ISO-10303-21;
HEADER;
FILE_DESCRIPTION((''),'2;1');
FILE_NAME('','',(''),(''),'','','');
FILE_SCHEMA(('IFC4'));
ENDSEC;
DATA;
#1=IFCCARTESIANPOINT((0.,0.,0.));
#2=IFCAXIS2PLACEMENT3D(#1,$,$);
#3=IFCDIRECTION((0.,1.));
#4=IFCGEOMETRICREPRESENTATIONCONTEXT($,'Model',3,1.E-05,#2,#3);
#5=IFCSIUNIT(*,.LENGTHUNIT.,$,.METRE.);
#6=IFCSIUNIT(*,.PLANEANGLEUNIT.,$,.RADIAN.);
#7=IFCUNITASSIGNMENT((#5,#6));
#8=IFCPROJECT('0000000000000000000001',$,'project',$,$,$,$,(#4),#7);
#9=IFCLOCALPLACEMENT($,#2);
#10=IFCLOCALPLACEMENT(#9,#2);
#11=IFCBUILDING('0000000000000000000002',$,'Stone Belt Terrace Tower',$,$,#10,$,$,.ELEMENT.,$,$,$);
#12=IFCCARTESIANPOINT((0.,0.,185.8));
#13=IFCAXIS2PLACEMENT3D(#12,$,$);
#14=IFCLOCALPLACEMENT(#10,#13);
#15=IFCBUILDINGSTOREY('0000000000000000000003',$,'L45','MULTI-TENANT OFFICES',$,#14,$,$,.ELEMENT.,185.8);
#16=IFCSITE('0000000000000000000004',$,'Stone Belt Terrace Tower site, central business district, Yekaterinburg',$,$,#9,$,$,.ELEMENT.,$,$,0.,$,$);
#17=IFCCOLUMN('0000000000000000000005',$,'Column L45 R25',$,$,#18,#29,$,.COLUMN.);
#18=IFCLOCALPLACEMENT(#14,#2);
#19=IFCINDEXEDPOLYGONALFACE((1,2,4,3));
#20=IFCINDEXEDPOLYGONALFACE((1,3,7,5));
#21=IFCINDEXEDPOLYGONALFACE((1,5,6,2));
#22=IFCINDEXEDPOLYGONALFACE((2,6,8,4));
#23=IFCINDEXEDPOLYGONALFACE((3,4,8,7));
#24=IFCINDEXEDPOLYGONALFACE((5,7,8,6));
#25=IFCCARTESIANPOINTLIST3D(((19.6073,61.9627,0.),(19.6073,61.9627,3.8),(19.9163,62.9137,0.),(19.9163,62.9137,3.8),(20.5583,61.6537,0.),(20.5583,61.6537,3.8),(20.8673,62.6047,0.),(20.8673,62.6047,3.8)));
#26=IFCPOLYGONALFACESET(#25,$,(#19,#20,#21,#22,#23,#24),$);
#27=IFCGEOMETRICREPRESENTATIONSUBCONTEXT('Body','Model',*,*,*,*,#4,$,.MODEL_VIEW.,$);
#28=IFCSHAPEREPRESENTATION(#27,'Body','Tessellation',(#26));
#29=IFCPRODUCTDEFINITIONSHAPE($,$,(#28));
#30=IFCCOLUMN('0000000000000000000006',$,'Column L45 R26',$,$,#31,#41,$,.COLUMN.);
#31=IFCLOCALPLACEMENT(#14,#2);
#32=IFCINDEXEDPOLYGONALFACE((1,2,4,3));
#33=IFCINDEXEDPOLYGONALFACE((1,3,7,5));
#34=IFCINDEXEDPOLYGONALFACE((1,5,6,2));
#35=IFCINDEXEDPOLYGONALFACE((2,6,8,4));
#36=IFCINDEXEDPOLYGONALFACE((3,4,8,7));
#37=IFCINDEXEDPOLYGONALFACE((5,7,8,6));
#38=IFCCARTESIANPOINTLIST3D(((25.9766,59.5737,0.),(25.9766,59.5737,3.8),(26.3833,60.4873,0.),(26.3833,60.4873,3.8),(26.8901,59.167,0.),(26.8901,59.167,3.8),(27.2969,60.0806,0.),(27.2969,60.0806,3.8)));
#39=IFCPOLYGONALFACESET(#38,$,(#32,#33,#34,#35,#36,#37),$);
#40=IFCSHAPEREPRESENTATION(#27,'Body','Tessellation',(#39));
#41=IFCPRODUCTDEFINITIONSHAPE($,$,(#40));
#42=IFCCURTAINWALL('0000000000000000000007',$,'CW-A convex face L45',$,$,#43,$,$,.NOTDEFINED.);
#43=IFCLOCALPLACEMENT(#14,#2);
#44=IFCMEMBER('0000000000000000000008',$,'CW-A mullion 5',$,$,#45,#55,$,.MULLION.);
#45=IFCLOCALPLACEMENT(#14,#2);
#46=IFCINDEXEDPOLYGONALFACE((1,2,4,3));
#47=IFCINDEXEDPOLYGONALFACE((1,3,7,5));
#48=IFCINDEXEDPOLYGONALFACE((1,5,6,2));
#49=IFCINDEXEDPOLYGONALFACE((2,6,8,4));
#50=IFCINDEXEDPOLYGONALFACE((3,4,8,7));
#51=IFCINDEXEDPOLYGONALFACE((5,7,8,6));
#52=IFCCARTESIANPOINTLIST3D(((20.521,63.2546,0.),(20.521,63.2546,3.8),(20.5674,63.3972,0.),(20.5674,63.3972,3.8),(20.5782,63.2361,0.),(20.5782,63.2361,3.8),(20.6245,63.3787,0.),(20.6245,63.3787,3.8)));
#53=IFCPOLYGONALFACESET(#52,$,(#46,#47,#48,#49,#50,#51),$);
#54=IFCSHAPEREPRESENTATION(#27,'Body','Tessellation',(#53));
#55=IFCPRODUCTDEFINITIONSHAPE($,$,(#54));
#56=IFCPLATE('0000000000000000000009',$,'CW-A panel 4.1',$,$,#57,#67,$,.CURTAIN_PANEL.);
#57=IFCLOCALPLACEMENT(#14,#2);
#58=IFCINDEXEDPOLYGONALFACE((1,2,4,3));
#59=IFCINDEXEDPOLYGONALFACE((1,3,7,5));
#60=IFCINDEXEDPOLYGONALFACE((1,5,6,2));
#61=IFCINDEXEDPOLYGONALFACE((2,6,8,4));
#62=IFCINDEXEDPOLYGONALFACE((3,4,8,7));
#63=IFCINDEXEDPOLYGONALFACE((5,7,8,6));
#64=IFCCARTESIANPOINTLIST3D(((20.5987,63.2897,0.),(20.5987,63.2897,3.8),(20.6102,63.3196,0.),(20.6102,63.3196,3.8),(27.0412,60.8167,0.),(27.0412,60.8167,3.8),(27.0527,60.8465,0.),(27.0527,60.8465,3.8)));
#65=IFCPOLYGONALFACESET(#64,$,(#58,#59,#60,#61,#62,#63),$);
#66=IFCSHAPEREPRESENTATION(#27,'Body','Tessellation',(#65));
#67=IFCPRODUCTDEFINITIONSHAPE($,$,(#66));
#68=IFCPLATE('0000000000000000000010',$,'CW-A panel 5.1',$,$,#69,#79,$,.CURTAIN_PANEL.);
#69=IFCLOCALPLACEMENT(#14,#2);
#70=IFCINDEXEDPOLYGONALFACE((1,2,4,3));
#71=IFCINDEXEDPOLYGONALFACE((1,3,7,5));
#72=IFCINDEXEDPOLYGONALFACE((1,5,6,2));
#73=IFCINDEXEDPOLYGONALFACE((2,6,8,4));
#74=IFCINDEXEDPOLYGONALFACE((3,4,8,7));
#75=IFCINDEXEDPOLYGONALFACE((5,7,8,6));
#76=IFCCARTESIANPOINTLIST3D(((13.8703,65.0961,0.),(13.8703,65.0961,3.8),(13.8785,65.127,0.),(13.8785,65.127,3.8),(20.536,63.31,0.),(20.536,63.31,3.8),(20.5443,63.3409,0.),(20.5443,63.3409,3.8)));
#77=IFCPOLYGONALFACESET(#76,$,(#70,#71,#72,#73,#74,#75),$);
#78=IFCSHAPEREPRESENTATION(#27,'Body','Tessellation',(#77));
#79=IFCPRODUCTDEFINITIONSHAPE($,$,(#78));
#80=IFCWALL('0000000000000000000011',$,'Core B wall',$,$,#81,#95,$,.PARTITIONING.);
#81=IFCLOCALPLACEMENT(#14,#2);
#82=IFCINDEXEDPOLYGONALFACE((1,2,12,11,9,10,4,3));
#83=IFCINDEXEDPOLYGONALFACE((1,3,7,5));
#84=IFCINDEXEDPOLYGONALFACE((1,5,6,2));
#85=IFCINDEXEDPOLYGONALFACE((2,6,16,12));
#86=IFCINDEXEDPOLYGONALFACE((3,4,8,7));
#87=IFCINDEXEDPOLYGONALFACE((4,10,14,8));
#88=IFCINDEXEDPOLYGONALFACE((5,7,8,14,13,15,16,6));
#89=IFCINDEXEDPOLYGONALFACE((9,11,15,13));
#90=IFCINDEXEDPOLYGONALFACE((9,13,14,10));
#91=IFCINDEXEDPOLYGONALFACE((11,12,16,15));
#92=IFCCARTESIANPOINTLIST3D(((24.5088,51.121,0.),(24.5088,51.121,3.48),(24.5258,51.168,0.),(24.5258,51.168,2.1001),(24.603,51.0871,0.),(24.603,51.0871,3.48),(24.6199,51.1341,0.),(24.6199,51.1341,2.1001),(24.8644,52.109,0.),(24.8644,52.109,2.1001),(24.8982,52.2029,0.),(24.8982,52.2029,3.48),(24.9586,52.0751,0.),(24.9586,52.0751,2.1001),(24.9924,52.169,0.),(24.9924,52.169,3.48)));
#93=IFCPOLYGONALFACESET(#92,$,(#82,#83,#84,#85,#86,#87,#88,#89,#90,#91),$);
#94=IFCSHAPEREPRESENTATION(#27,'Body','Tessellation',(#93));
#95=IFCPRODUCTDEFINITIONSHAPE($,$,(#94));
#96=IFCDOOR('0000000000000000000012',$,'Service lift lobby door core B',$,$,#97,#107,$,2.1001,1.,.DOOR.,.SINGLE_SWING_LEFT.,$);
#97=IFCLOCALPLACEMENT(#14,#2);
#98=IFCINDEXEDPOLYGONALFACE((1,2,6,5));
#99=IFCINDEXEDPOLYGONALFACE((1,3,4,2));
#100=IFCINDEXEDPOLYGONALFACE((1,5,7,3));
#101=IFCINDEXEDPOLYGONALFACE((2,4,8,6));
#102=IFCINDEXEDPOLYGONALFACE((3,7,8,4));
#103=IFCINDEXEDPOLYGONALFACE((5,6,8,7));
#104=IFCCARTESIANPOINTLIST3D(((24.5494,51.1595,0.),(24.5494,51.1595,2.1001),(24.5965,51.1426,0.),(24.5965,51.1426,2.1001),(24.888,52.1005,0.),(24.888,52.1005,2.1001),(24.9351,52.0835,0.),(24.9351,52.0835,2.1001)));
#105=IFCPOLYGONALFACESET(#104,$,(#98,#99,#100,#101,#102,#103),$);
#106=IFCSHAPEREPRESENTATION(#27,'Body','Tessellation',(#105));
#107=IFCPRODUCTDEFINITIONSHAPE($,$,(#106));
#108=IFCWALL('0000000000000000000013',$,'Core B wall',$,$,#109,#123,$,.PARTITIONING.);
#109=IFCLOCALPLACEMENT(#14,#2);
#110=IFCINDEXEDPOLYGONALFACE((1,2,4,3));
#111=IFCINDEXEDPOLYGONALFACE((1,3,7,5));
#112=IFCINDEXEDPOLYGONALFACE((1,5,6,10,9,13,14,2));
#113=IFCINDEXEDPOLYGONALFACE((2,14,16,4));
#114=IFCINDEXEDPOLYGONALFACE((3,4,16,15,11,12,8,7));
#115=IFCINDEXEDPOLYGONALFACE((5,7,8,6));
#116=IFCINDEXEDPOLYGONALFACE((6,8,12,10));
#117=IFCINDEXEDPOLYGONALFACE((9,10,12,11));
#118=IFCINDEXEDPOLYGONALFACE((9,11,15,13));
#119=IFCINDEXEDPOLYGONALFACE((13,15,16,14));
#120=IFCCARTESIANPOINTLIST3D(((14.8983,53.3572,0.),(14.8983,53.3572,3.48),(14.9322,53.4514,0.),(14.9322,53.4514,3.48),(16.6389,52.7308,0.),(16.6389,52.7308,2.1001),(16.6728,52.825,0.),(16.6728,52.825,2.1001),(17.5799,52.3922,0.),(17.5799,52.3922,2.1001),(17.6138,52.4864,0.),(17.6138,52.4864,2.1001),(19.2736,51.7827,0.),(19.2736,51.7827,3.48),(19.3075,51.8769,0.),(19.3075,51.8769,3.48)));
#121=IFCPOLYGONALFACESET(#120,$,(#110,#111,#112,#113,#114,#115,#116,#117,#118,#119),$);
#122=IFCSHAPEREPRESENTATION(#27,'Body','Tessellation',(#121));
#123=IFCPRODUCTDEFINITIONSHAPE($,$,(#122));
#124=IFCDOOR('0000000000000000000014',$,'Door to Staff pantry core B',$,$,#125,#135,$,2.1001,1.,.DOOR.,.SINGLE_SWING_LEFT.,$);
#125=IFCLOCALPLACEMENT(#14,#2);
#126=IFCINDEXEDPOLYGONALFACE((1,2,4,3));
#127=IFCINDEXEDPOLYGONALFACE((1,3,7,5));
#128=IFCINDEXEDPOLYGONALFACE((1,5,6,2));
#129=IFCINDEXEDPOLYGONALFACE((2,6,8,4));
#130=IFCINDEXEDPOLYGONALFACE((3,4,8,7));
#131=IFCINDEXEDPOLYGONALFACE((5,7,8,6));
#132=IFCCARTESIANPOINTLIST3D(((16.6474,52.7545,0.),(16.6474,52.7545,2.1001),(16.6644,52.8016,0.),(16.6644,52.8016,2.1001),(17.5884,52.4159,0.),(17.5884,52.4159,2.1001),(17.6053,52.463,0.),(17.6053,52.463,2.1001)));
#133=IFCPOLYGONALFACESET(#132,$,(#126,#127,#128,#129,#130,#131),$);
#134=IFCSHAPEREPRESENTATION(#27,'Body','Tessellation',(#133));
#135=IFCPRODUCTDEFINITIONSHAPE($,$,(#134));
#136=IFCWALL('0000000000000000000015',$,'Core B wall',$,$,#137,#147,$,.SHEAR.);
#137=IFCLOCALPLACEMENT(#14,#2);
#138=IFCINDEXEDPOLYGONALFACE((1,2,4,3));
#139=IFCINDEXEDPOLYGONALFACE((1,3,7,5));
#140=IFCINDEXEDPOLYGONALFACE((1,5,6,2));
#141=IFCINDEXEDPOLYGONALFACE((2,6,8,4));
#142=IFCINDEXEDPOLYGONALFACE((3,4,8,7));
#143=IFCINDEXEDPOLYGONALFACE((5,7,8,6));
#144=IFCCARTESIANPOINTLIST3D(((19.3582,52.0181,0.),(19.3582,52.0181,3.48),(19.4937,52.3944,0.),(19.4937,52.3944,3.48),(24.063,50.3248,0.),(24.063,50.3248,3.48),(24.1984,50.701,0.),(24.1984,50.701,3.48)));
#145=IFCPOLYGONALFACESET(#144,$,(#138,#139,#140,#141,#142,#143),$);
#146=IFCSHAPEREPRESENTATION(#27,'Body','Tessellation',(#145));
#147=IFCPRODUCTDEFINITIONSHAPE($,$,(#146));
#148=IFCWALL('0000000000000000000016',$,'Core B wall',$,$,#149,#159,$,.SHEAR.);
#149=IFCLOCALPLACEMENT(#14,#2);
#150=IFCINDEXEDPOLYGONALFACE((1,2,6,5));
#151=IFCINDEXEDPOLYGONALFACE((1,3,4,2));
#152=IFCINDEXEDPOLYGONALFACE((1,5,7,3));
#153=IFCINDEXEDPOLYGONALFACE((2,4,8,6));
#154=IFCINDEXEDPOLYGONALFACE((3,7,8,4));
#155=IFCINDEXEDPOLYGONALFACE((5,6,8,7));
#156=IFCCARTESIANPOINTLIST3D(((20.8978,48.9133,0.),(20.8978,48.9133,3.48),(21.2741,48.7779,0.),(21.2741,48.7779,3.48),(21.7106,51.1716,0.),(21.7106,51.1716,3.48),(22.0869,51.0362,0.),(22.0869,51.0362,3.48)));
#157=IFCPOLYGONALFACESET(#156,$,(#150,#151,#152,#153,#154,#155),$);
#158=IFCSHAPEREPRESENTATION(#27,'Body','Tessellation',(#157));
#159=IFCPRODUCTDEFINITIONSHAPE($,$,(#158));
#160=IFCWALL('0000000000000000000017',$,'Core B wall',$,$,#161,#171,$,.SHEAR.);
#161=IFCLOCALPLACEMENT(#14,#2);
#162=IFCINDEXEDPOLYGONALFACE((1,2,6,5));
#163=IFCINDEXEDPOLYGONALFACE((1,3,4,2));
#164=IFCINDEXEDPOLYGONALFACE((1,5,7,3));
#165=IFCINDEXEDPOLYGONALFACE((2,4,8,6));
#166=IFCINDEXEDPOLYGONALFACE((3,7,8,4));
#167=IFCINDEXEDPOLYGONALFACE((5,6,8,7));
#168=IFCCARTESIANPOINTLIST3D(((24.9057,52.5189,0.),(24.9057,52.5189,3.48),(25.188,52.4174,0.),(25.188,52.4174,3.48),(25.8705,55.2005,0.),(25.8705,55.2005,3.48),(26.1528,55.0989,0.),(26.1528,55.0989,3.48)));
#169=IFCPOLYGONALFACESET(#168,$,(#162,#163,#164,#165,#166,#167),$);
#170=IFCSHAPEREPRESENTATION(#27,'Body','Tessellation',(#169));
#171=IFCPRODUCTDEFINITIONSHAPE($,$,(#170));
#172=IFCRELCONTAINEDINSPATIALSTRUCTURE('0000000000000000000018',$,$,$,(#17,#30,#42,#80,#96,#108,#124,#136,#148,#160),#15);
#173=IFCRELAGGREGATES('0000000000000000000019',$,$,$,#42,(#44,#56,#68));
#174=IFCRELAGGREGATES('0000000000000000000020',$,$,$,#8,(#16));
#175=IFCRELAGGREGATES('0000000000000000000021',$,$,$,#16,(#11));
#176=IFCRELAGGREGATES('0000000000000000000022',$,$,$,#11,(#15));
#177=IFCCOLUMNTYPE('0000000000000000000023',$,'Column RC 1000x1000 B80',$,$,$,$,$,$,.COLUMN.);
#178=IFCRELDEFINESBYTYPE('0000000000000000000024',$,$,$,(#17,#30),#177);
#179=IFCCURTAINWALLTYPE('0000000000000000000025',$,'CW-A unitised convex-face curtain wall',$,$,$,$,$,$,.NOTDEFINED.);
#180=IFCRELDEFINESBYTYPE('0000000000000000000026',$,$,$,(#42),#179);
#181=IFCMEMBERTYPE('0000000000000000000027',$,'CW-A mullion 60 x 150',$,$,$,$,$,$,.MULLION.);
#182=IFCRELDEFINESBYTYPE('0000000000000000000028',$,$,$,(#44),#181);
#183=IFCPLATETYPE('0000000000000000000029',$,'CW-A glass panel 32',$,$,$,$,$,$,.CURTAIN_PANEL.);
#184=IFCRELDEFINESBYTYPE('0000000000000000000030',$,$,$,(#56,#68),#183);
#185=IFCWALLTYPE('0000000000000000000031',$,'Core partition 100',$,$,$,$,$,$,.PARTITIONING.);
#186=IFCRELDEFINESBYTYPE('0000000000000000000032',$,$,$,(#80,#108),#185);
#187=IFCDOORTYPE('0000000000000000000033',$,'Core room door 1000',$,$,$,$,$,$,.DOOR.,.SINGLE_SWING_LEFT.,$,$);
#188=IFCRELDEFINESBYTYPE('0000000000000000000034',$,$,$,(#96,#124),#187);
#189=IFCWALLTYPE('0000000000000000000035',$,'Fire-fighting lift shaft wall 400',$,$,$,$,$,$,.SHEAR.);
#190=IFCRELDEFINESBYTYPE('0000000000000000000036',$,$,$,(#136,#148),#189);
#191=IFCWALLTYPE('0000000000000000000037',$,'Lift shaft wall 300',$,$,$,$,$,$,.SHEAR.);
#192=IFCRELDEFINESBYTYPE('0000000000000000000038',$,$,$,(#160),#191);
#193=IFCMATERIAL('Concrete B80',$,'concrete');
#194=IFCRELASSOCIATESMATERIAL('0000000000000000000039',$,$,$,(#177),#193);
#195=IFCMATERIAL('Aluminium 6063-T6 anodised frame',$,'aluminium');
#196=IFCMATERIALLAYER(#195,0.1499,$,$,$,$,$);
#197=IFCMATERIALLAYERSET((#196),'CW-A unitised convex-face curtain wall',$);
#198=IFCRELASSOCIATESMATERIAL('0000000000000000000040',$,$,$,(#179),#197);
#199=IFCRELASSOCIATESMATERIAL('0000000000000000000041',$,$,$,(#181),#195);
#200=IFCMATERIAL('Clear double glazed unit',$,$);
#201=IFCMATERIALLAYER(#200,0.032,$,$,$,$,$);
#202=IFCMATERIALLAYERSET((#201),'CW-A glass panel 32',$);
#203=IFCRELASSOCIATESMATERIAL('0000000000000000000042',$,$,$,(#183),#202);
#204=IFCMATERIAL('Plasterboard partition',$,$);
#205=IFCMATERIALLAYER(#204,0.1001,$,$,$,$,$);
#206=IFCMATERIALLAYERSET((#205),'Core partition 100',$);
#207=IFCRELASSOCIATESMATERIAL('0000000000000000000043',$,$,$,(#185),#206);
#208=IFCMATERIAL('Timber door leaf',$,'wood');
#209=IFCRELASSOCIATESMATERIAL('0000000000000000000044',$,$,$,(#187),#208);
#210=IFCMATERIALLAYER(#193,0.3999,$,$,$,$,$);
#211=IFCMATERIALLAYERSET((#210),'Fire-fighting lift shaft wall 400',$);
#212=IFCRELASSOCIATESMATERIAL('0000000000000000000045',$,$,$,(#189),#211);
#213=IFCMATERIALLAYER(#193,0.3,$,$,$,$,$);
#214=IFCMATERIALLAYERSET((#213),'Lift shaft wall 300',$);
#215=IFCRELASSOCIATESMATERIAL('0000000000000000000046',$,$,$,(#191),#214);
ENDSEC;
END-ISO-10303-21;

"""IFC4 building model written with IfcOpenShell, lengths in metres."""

from ifc_helpers import new_model, si_unit, direction, frame, frame_2d, origin, origin_2d, place, context, subcontext, project, spatial, rectangle, extrude, material, layer, layer_set, material_profile, profile_set, type_object, element, fill, aggregate, save


model = new_model("IFC4")

# Units and contexts
model_context = context("Model", 3, precision=1e-05, world=origin(), true_north=direction((0.0, 1.0)))
body_context = subcontext(model_context, "Body", "Model", "MODEL_VIEW")
ifc_project = project(units=[si_unit("LENGTHUNIT", "METRE"), si_unit("PLANEANGLEUNIT", "RADIAN")], contexts=[model_context])

# Site, building, storey
site_placement = place(None, origin())
site = spatial("IfcSite", under=ifc_project, at=site_placement, Name="Stone Belt Terrace Tower site, central business district, Yekaterinburg", CompositionType="ELEMENT", RefElevation=0.0)
building_placement = place(site_placement, origin())
building = spatial("IfcBuilding", under=site, at=building_placement, Name="Stone Belt Terrace Tower", CompositionType="ELEMENT")
storey_placement = place(building_placement, frame((0.0, 0.0, 185.8)))
storey = spatial("IfcBuildingStorey", under=building, at=storey_placement, Name="L45", Description="MULTI-TENANT OFFICES", CompositionType="ELEMENT", Elevation=185.8)

# Columns
ifc_material_1 = material(Name="Concrete B80", Category="concrete")
ifc_material_profile_1 = material_profile(ifc_material_1, rectangle(XDim=1.0, YDim=1.0, at=origin_2d()), Name="RC 1000x1000")
ifc_profile_set_1 = profile_set([ifc_material_profile_1], Name="Concrete B80")
column_type = type_object("IfcColumnType", Name="Column RC 1000x1000 B80", PredefinedType="COLUMN", material=ifc_profile_set_1)
for number, where, z_axis, x_axis, name in (
    (1, (20.2373, 62.2837, 0.0), (0.0, 0.0, 1.0), (0.951057, -0.309017, 0.0), "Column L45 R25"),
    (2, (26.6367, 59.8271, 0.0), (0.0, 0.0, 1.0), (0.913545, -0.406737, 0.0), "Column L45 R26"),
):
    element("IfcColumn", number, at=place(storey_placement, frame(where, z_axis=z_axis, x_axis=x_axis)), inside=storey, type_object=column_type, Name=name, PredefinedType="COLUMN", context=body_context, shape_type="SweptSolid", body=[
        extrude(rectangle(XDim=1.0, YDim=1.0, at=origin_2d()), origin(), (0.0, 0.0, 1.0), 3.8),
    ])

# Curtain wall, member, plates
ifc_material_2 = material(Name="Aluminium 6063-T6 anodised frame", Category="aluminium")
ifc_layer_1 = layer(ifc_material_2, 0.1499)
ifc_layer_set_1 = layer_set([ifc_layer_1], Name="CW-A unitised convex-face curtain wall")
curtain_wall_type = type_object("IfcCurtainWallType", Name="CW-A unitised convex-face curtain wall", PredefinedType="NOTDEFINED", material=ifc_layer_set_1)
curtain_wall_placement = place(storey_placement, origin())
curtain_wall = element("IfcCurtainWall", 3, at=curtain_wall_placement, inside=storey, type_object=curtain_wall_type, Name="CW-A convex face L45", PredefinedType="NOTDEFINED")
ifc_material_profile_2 = material_profile(ifc_material_2, rectangle(XDim=0.1499, YDim=0.0601, at=origin_2d()), Name="Aluminium 6063-T6 60x150")
ifc_profile_set_2 = profile_set([ifc_material_profile_2], Name="Aluminium 6063-T6 anodised frame")
member_type = type_object("IfcMemberType", Name="CW-A mullion 60 x 150", PredefinedType="MULLION", material=ifc_profile_set_2)
member_placement = place(storey_placement, frame((20.5728, 63.3167, 0.0), z_axis=(0.0, 0.0, 1.0), x_axis=(-0.309017, -0.951057, 0.0)))
member = element("IfcMember", 4, at=member_placement, type_object=member_type, Name="CW-A mullion 5", PredefinedType="MULLION", context=body_context, shape_type="SweptSolid", body=[
    extrude(rectangle(XDim=0.1499, YDim=0.0601, at=origin_2d()), origin(), (0.0, 0.0, 1.0), 3.8),
])
ifc_material_3 = material(Name="Clear double glazed unit")
ifc_layer_2 = layer(ifc_material_3, 0.032)
ifc_layer_set_2 = layer_set([ifc_layer_2], Name="CW-A glass panel 32")
plate_type = type_object("IfcPlateType", Name="CW-A glass panel 32", PredefinedType="CURTAIN_PANEL", material=ifc_layer_set_2)
plate_1_placement = place(storey_placement, frame((23.8257, 62.0681, 0.0), z_axis=(0.0, 0.0, 1.0), x_axis=(-0.93358, 0.358368, 0.0)))
plate_1 = element("IfcPlate", 5, at=plate_1_placement, type_object=plate_type, Name="CW-A panel 4.1", PredefinedType="CURTAIN_PANEL", context=body_context, shape_type="SweptSolid", body=[
    extrude(rectangle(XDim=6.9009, YDim=0.032, at=origin_2d()), origin(), (0.0, 0.0, 1.0), 3.8),
])
plate_2_placement = place(storey_placement, frame((17.2073, 64.2185, 0.0), z_axis=(0.0, 0.0, 1.0), x_axis=(-0.965926, 0.258819, 0.0)))
plate_2 = element("IfcPlate", 6, at=plate_2_placement, type_object=plate_type, Name="CW-A panel 5.1", PredefinedType="CURTAIN_PANEL", context=body_context, shape_type="SweptSolid", body=[
    extrude(rectangle(XDim=6.9009, YDim=0.032, at=origin_2d()), origin(), (0.0, 0.0, 1.0), 3.8),
])
aggregate(curtain_wall, [member, plate_1, plate_2])

# Walls, openings, doors
ifc_material_4 = material(Name="Plasterboard partition")
ifc_layer_3 = layer(ifc_material_4, 0.1001)
ifc_layer_set_3 = layer_set([ifc_layer_3], Name="Core partition 100")
wall_type_1 = type_object("IfcWallType", Name="Core partition 100", PredefinedType="PARTITIONING", material=ifc_layer_set_3)
wall_1_placement = place(storey_placement, frame((24.5559, 51.104, 0.0), z_axis=(0.0, 0.0, 1.0), x_axis=(0.338622, 0.940923, 0.0)))
wall_1 = element("IfcWall", 7, at=wall_1_placement, inside=storey, type_object=wall_type_1, Name="Core B wall", PredefinedType="PARTITIONING", context=body_context, shape_type="SweptSolid", body=[
    extrude(rectangle(XDim=1.1499, YDim=0.1001, at=frame_2d((0.575, 0.0))), origin(), (0.0, 0.0, 1.0), 3.48),
])
opening_1_placement = place(wall_1_placement, frame((0.05, 0.0, 0.0)))
opening_1 = element("IfcOpeningElement", 8, at=opening_1_placement, cuts=wall_1, PredefinedType="OPENING", context=body_context, shape_type="SweptSolid", body=[
    extrude(rectangle(XDim=1.0, YDim=2.1001, at=frame_2d((0.5, 1.05))), frame((0.0, 0.0601, 0.0), z_axis=(0.0, -1.0, 0.0), x_axis=(1.0, 0.0, 0.0)), (0.0, 0.0, 1.0), 0.1201),
])
ifc_material_5 = material(Name="Timber door leaf", Category="wood")
door_type_1 = type_object("IfcDoorType", Name="Core room door 1000", OperationType="SINGLE_SWING_LEFT", PredefinedType="DOOR", material=ifc_material_5)
door_1_placement = place(opening_1_placement, origin())
door_1 = element("IfcDoor", 9, at=door_1_placement, inside=storey, type_object=door_type_1, Name="Service lift lobby door core B", OperationType="SINGLE_SWING_LEFT", OverallHeight=2.1001, OverallWidth=1.0, PredefinedType="DOOR", context=body_context, shape_type="SweptSolid", body=[
    extrude(rectangle(XDim=1.0, YDim=2.1001, at=frame_2d((0.5, 1.05))), frame((0.0, 0.0249, 0.0), z_axis=(0.0, -1.0, 0.0), x_axis=(1.0, 0.0, 0.0)), (0.0, 0.0, 1.0), 0.05),
])
fill(opening_1, door_1)
wall_2_placement = place(storey_placement, frame((19.2905, 51.8298, 0.0), z_axis=(0.0, 0.0, 1.0), x_axis=(-0.94093, 0.3386, 0.0)))
wall_2 = element("IfcWall", 10, at=wall_2_placement, inside=storey, type_object=wall_type_1, Name="Core B wall", PredefinedType="PARTITIONING", context=body_context, shape_type="SweptSolid", body=[
    extrude(rectangle(XDim=4.6499, YDim=0.1001, at=frame_2d((2.325, 0.0))), origin(), (0.0, 0.0, 1.0), 3.48),
])
opening_2_placement = place(wall_2_placement, frame((1.8, 0.0, 0.0)))
opening_2 = element("IfcOpeningElement", 11, at=opening_2_placement, cuts=wall_2, PredefinedType="OPENING", context=body_context, shape_type="SweptSolid", body=[
    extrude(rectangle(XDim=1.0, YDim=2.1001, at=frame_2d((0.5, 1.05))), frame((0.0, 0.0601, 0.0), z_axis=(0.0, -1.0, 0.0), x_axis=(1.0, 0.0, 0.0)), (0.0, 0.0, 1.0), 0.1201),
])
door_2_placement = place(opening_2_placement, origin())
door_2 = element("IfcDoor", 12, at=door_2_placement, inside=storey, type_object=door_type_1, Name="Door to Staff pantry core B", OperationType="SINGLE_SWING_LEFT", OverallHeight=2.1001, OverallWidth=1.0, PredefinedType="DOOR", context=body_context, shape_type="SweptSolid", body=[
    extrude(rectangle(XDim=1.0, YDim=2.1001, at=frame_2d((0.5, 1.05))), frame((0.0, 0.0249, 0.0), z_axis=(0.0, -1.0, 0.0), x_axis=(1.0, 0.0, 0.0)), (0.0, 0.0, 1.0), 0.05),
])
fill(opening_2, door_2)

# Walls
ifc_layer_4 = layer(ifc_material_1, 0.3999)
ifc_layer_set_4 = layer_set([ifc_layer_4], Name="Fire-fighting lift shaft wall 400")
wall_type_2 = type_object("IfcWallType", Name="Fire-fighting lift shaft wall 400", PredefinedType="SHEAR", material=ifc_layer_set_4)
wall_3_placement = place(storey_placement, frame((24.1306, 50.5129, 0.0), z_axis=(0.0, 0.0, 1.0), x_axis=(-0.940912, 0.338652, 0.0)))
element("IfcWall", 13, at=wall_3_placement, inside=storey, type_object=wall_type_2, Name="Core B wall", PredefinedType="SHEAR", context=body_context, shape_type="SweptSolid", body=[
    extrude(rectangle(XDim=5.0002, YDim=0.3999, at=frame_2d((2.5, 0.0))), origin(), (0.0, 0.0, 1.0), 3.48),
])
wall_4_placement = place(storey_placement, frame((21.0859, 48.8455, 0.0), z_axis=(0.0, 0.0, 1.0), x_axis=(0.338629, 0.94092, 0.0)))
element("IfcWall", 14, at=wall_4_placement, inside=storey, type_object=wall_type_2, Name="Core B wall", PredefinedType="SHEAR", context=body_context, shape_type="SweptSolid", body=[
    extrude(rectangle(XDim=2.4001, YDim=0.3999, at=frame_2d((1.2002, 0.0))), origin(), (0.0, 0.0, 1.0), 3.48),
])
ifc_layer_5 = layer(ifc_material_1, 0.3)
ifc_layer_set_5 = layer_set([ifc_layer_5], Name="Lift shaft wall 300")
wall_type_3 = type_object("IfcWallType", Name="Lift shaft wall 300", PredefinedType="SHEAR", material=ifc_layer_set_5)
wall_5_placement = place(storey_placement, frame((25.0469, 52.4683, 0.0), z_axis=(0.0, 0.0, 1.0), x_axis=(0.33855, 0.940949, 0.0)))
element("IfcWall", 15, at=wall_5_placement, inside=storey, type_object=wall_type_3, Name="Core B wall", PredefinedType="SHEAR", context=body_context, shape_type="SweptSolid", body=[
    extrude(rectangle(XDim=2.8499, YDim=0.3, at=frame_2d((1.4248, 0.0))), origin(), (0.0, 0.0, 1.0), 3.48),
])

save(model, "model.ifc")
